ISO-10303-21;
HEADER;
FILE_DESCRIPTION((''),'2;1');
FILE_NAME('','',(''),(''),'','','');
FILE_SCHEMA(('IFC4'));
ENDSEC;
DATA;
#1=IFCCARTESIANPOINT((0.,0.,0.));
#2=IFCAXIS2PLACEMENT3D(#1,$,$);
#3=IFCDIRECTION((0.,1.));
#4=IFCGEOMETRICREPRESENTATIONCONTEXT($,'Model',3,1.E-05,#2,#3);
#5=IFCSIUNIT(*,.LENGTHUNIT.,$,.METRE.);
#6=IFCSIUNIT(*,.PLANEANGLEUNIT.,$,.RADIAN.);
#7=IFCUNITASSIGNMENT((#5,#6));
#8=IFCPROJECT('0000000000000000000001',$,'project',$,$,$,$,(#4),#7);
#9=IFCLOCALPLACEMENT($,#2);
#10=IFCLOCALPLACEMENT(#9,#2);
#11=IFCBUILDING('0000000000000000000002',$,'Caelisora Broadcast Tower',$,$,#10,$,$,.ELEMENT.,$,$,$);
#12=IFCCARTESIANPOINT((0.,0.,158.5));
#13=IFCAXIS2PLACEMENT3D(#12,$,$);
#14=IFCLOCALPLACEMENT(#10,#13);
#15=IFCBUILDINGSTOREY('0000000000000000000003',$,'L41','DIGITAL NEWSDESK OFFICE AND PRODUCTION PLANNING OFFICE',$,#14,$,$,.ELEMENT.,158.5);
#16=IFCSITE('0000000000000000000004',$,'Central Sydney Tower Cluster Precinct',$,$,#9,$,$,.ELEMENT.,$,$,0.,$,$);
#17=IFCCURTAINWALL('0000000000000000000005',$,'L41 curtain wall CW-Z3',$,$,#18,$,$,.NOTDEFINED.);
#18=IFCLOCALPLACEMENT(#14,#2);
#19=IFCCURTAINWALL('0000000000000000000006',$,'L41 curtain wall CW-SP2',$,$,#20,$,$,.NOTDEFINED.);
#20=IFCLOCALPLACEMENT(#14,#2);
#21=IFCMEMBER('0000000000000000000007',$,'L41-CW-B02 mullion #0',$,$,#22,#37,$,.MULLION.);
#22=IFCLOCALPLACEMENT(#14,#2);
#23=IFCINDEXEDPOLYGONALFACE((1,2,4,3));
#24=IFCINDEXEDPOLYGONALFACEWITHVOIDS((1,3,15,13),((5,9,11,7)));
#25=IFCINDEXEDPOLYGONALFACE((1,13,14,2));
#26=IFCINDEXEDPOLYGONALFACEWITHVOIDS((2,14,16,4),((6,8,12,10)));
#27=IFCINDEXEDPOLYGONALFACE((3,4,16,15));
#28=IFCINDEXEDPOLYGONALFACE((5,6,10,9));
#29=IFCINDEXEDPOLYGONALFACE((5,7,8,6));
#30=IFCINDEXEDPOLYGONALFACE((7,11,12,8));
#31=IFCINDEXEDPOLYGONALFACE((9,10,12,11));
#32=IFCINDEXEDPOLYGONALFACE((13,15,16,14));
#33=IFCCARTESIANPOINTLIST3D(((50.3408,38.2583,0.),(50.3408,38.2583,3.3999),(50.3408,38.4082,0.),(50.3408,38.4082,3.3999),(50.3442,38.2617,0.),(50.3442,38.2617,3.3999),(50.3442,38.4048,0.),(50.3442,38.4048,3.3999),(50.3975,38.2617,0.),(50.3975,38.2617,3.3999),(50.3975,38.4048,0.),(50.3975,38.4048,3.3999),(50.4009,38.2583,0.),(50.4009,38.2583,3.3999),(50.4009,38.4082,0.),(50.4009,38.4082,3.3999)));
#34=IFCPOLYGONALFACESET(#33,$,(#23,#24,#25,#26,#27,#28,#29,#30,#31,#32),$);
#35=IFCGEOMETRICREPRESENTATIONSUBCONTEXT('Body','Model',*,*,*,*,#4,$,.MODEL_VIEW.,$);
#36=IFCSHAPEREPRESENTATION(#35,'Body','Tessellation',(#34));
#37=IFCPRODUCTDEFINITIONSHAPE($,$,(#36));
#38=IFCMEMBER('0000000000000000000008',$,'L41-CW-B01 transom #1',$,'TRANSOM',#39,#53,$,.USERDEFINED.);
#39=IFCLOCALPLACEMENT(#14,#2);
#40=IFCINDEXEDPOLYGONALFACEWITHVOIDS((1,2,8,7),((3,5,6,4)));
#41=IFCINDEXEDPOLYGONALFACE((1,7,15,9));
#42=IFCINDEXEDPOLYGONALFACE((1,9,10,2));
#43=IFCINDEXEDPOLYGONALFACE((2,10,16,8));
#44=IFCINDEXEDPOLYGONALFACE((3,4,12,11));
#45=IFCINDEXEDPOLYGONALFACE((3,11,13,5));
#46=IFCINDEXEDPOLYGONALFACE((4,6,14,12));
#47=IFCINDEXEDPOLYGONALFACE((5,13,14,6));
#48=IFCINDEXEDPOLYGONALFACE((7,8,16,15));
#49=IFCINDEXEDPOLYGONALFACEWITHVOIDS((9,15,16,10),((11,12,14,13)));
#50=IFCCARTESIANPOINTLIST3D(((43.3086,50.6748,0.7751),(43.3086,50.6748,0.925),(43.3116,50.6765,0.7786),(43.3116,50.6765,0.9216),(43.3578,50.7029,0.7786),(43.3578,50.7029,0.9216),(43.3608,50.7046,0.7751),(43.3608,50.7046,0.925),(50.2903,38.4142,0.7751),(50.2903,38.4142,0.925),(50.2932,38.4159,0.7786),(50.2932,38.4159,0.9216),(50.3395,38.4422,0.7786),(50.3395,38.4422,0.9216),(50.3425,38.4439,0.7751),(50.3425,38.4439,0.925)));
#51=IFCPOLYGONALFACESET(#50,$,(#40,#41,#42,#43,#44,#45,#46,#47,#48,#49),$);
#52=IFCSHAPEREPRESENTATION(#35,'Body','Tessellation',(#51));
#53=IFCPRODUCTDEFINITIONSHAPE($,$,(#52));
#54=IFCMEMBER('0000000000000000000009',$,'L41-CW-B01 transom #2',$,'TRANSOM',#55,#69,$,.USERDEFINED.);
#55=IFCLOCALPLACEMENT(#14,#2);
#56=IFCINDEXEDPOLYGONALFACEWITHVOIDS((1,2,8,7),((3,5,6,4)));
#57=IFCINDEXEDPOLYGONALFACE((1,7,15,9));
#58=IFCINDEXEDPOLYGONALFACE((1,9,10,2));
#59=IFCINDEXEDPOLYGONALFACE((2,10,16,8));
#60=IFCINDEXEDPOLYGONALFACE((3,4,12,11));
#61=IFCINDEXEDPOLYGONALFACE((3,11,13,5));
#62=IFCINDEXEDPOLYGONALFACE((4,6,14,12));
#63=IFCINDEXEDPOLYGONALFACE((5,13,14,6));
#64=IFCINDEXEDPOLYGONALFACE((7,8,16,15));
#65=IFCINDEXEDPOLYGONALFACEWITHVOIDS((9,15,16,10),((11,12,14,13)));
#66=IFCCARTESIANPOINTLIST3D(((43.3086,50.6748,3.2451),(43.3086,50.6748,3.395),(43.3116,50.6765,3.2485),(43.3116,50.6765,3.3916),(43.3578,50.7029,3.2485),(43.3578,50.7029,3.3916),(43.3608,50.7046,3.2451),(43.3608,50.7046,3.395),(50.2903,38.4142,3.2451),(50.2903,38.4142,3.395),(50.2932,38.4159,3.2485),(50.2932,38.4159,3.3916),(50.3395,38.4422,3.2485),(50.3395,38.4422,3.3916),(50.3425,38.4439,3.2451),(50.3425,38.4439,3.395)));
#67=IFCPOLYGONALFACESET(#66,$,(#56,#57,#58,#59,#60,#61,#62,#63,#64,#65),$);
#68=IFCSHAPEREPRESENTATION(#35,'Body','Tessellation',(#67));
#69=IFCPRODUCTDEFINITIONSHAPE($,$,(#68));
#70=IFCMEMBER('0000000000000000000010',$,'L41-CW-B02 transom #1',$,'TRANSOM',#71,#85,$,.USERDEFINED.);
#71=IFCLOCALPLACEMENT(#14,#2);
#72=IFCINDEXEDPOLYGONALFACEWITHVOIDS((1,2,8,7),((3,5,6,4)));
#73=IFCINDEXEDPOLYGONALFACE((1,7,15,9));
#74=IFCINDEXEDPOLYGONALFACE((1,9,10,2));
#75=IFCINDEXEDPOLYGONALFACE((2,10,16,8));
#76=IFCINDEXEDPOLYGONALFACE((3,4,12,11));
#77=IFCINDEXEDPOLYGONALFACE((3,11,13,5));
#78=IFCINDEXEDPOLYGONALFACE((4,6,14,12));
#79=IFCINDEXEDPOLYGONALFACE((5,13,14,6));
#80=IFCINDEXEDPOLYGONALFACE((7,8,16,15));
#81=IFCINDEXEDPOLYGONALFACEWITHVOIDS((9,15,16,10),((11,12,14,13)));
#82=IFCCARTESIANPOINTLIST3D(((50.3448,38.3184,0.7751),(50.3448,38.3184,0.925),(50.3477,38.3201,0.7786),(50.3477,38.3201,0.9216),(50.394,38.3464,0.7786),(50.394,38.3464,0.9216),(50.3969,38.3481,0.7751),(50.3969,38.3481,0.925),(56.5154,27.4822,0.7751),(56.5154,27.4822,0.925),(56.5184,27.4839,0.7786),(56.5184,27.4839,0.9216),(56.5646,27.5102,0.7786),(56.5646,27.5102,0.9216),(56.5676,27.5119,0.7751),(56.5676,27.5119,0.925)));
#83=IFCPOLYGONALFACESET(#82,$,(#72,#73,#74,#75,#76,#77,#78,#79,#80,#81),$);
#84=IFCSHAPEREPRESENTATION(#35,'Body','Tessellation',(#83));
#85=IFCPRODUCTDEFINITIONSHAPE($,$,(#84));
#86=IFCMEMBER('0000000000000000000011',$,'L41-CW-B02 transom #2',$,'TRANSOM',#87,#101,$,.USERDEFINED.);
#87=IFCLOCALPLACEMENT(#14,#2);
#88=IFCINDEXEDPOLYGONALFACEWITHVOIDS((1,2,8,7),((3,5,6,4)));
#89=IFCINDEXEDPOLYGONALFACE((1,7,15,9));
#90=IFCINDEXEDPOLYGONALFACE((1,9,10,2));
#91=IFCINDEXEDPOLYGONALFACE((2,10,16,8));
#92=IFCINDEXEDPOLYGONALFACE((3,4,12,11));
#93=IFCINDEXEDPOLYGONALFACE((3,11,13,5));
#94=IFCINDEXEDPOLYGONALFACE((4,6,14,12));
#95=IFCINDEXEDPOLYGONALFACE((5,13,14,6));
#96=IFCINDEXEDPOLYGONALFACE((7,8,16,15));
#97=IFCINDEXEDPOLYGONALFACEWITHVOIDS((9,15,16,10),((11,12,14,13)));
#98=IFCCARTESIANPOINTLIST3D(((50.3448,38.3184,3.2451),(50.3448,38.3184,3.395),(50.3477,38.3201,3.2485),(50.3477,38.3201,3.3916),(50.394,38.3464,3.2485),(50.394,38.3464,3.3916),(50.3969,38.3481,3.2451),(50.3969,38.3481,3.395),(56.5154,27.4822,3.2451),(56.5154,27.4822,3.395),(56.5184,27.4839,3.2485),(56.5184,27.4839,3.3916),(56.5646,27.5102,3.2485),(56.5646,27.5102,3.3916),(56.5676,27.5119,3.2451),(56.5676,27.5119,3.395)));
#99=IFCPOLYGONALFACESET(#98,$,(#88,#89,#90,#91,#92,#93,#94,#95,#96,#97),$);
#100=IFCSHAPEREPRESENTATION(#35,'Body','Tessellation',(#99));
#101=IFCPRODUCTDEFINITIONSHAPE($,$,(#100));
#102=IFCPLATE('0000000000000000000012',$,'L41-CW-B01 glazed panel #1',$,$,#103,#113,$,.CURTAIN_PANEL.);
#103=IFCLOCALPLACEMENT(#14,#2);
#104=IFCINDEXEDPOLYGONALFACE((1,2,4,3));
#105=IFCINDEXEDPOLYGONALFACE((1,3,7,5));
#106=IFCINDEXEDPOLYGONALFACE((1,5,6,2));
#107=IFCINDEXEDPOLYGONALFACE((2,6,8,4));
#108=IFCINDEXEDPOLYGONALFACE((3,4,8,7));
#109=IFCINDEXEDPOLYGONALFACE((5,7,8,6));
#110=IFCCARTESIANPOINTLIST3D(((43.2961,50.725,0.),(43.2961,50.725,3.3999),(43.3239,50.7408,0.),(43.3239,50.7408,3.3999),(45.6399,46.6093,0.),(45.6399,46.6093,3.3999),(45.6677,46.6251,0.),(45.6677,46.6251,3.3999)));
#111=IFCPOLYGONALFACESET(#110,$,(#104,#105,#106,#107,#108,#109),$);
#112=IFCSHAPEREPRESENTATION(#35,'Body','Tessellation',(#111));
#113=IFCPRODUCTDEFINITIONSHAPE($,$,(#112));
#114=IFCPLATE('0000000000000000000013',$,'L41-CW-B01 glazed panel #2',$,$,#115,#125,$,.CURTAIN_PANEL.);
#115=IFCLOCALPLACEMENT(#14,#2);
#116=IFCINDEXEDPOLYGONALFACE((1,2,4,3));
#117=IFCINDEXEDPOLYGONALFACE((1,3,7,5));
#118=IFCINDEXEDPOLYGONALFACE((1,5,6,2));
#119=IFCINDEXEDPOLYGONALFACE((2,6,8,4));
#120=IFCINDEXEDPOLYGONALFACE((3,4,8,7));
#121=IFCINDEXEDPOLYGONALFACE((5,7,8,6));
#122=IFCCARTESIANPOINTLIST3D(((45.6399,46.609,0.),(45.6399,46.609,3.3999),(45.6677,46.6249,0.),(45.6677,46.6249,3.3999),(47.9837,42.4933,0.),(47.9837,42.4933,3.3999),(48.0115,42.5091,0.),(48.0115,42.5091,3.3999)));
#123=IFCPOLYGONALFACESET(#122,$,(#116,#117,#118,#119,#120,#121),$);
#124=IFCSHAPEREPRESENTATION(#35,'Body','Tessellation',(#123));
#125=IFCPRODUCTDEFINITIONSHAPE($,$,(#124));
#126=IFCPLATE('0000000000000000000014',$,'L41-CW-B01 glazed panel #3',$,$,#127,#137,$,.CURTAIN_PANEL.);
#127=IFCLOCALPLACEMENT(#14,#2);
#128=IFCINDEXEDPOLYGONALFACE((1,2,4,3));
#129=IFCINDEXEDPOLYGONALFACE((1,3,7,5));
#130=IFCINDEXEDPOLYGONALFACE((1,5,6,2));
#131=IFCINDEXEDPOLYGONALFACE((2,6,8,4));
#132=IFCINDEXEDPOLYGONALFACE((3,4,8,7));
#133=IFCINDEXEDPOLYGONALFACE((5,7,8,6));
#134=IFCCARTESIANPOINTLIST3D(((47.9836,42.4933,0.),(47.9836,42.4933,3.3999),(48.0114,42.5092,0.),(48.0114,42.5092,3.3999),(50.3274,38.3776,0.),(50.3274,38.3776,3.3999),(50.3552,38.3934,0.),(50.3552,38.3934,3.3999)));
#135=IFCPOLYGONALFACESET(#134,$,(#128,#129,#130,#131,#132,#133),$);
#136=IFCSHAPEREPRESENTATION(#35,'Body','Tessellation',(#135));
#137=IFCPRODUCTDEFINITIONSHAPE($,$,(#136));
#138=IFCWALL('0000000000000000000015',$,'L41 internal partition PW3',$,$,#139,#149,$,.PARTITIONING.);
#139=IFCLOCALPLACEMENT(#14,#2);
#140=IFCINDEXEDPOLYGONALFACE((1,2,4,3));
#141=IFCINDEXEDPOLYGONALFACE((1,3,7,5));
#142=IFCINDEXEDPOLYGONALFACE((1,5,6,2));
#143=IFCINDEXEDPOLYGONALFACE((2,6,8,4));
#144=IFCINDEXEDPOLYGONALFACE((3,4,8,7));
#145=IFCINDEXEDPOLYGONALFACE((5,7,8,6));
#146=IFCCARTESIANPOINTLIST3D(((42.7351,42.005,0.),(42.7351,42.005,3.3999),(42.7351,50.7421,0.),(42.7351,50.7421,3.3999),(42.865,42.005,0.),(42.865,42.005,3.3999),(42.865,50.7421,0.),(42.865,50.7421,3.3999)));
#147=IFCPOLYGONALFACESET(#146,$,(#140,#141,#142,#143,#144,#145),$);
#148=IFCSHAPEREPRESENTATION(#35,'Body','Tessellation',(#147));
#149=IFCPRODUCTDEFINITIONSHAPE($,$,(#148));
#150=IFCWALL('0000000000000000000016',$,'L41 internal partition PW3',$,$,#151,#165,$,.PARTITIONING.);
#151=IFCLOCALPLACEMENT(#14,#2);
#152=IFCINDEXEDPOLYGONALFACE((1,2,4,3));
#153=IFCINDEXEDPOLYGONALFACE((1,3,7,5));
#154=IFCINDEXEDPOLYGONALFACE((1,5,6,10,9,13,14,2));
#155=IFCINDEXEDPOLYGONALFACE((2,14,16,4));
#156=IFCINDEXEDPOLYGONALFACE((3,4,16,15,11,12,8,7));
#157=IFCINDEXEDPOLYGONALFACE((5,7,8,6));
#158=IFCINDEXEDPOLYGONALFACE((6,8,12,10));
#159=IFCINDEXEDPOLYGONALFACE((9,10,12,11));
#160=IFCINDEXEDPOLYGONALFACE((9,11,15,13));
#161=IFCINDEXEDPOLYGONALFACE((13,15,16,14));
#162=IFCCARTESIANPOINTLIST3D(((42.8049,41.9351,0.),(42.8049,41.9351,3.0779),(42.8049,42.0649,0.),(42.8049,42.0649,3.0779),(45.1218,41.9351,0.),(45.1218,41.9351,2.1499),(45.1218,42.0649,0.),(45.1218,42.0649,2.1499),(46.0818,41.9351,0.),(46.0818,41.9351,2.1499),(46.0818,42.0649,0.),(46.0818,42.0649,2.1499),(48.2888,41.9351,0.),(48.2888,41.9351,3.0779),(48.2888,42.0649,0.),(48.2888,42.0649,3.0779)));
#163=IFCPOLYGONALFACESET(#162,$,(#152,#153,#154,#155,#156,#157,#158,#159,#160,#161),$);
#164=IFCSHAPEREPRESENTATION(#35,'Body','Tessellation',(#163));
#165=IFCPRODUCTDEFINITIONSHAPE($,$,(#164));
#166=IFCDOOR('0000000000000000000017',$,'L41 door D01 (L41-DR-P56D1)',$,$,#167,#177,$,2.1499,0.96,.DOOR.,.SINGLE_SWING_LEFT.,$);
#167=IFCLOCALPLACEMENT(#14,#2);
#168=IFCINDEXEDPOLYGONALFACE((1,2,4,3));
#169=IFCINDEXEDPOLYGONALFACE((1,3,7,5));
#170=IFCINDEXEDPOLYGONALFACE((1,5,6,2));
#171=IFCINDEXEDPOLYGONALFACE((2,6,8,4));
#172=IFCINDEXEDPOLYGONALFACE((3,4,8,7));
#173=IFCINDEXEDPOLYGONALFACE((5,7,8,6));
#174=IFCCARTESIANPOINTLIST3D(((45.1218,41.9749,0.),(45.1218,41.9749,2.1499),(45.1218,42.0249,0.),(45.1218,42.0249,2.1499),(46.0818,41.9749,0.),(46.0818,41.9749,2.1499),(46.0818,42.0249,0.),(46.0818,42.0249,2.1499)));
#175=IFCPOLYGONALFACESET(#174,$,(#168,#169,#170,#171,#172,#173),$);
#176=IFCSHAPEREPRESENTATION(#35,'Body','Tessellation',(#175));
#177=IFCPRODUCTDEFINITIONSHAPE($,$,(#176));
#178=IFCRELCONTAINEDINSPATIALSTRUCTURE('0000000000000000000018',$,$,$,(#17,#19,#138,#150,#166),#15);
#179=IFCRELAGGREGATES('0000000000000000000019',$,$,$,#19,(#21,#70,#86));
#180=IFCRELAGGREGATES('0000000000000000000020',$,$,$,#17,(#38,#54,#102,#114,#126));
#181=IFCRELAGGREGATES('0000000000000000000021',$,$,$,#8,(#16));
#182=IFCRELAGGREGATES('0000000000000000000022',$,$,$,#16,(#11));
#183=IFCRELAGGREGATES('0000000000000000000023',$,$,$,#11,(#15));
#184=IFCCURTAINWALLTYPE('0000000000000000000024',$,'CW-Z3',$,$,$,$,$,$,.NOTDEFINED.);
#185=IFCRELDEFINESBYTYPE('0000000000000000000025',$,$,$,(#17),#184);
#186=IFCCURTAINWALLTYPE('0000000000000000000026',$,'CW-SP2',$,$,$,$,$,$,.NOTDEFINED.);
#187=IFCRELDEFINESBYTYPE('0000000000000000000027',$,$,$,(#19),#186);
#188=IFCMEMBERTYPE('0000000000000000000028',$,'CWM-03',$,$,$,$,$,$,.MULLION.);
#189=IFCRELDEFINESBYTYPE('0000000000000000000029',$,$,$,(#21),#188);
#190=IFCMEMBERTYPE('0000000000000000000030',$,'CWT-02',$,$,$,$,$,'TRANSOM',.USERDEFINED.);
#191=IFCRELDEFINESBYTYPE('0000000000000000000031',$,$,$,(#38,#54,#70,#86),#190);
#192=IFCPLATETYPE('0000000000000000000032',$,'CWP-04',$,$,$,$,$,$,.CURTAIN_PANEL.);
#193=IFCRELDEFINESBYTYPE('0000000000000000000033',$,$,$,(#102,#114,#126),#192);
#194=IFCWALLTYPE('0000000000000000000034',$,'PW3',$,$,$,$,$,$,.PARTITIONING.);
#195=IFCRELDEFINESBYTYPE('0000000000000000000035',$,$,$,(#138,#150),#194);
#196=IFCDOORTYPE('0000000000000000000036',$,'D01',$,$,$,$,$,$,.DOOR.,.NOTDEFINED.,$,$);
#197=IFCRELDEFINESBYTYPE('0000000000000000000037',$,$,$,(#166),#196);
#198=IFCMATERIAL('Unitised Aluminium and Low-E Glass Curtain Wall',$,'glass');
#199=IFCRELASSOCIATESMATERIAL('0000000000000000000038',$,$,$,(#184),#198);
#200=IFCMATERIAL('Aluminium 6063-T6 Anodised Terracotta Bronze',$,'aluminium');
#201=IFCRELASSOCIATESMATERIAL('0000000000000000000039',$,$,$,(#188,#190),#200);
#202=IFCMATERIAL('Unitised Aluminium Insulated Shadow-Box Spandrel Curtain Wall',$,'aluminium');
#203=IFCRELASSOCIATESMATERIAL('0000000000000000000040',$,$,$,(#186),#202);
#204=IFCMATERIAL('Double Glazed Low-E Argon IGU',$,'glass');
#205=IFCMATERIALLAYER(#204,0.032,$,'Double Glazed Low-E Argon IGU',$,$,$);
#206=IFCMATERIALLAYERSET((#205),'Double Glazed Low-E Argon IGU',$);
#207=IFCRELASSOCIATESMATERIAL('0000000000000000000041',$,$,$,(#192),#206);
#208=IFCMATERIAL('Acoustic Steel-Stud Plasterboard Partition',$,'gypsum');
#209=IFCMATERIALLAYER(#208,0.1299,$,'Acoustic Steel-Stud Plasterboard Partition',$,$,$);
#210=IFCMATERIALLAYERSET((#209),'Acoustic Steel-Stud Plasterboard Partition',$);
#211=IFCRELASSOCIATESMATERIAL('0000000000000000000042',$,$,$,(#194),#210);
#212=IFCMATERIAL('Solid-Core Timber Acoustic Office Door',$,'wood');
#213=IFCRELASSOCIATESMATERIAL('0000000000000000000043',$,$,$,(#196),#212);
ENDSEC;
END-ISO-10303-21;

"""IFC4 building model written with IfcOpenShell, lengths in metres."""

from ifc_helpers import new_model, si_unit, direction, frame, frame_2d, origin, origin_2d, place, context, subcontext, project, spatial, rectangle, hollow_rectangle, extrude, source, transform, mapped, material, layer, layer_set, material_profile, profile_set, type_object, type_shapes, element, fill, aggregate, save


model = new_model("IFC4")

# Units and contexts
model_context = context("Model", 3, precision=1e-05, world=origin(), true_north=direction((0.0, 1.0)))
body_context = subcontext(model_context, "Body", "Model", "MODEL_VIEW")
ifc_project = project(units=[si_unit("LENGTHUNIT", "METRE"), si_unit("PLANEANGLEUNIT", "RADIAN")], contexts=[model_context])

# Site, building, storey
site_placement = place(None, origin())
site = spatial("IfcSite", under=ifc_project, at=site_placement, Name="Central Sydney Tower Cluster Precinct", CompositionType="ELEMENT", RefElevation=0.0)
building_placement = place(site_placement, origin())
building = spatial("IfcBuilding", under=site, at=building_placement, Name="Caelisora Broadcast Tower", CompositionType="ELEMENT")
storey_placement = place(building_placement, frame((0.0, 0.0, 158.5)))
storey = spatial("IfcBuildingStorey", under=building, at=storey_placement, Name="L41", Description="DIGITAL NEWSDESK OFFICE AND PRODUCTION PLANNING OFFICE", CompositionType="ELEMENT", Elevation=158.5)

# Curtain wall
ifc_material_1 = material(Name="Unitised Aluminium and Low-E Glass Curtain Wall", Category="glass")
curtain_wall_type_1 = type_object("IfcCurtainWallType", Name="CW-Z3", PredefinedType="NOTDEFINED", material=ifc_material_1)
curtain_wall_1_placement = place(storey_placement, origin())
curtain_wall_1 = element("IfcCurtainWall", 1, at=curtain_wall_1_placement, inside=storey, type_object=curtain_wall_type_1, Name="L41 curtain wall CW-Z3", PredefinedType="NOTDEFINED")
ifc_material_2 = material(Name="Aluminium 6063-T6 Anodised Terracotta Bronze", Category="aluminium")
ifc_material_profile_1 = material_profile(ifc_material_2, hollow_rectangle(XDim=0.0601, YDim=0.1499, WallThickness=0.0034, at=origin_2d()), Name="Aluminium 6063-T6 Anodised Terracotta Bronze")
ifc_profile_set_1 = profile_set([ifc_material_profile_1], Name="Aluminium 6063-T6 Anodised Terracotta Bronze")
member_type_1 = type_object("IfcMemberType", Name="CWM-03", PredefinedType="MULLION", material=ifc_profile_set_1)
shared_shape_1 = source(origin(), body_context, "Body", "SweptSolid", [
    extrude(hollow_rectangle(XDim=0.0601, YDim=0.1499, WallThickness=0.0034, at=origin_2d()), origin(), (0.0, 0.0, 1.0), 3.3999),
])
type_shapes(member_type_1, [shared_shape_1])

# Curtain wall, member
ifc_material_3 = material(Name="Unitised Aluminium Insulated Shadow-Box Spandrel Curtain Wall", Category="aluminium")
curtain_wall_type_2 = type_object("IfcCurtainWallType", Name="CW-SP2", PredefinedType="NOTDEFINED", material=ifc_material_3)
curtain_wall_2_placement = place(storey_placement, origin())
curtain_wall_2 = element("IfcCurtainWall", 2, at=curtain_wall_2_placement, inside=storey, type_object=curtain_wall_type_2, Name="L41 curtain wall CW-SP2", PredefinedType="NOTDEFINED")
member_1_placement = place(storey_placement, frame((50.3708, 38.3333, 0.0), z_axis=(0.0, 0.0, 1.0), x_axis=(1.0, 0.0, 0.0)))
member_1 = element("IfcMember", 3, at=member_1_placement, type_object=member_type_1, Name="L41-CW-B02 mullion #0", PredefinedType="MULLION", context=body_context, shape_type="MappedRepresentation", body=[
    mapped(shared_shape_1, transform((0.0, 0.0, 0.0), scale=1.0)),
])

# Members
ifc_material_profile_2 = material_profile(ifc_material_2, hollow_rectangle(XDim=0.0601, YDim=0.1499, WallThickness=0.0034, at=origin_2d()), Name="Aluminium 6063-T6 Anodised Terracotta Bronze")
ifc_profile_set_2 = profile_set([ifc_material_profile_2], Name="Aluminium 6063-T6 Anodised Terracotta Bronze")
member_type_2 = type_object("IfcMemberType", Name="CWT-02", ElementType="TRANSOM", PredefinedType="USERDEFINED", material=ifc_profile_set_2)
shared_shape_2 = source(origin(), body_context, "Body", "SweptSolid", [
    extrude(hollow_rectangle(XDim=0.0601, YDim=0.1499, WallThickness=0.0034, at=origin_2d()), origin(), (0.0, 0.0, 1.0), 14.1091),
])
member_2_placement = place(storey_placement, frame((43.3347, 50.6897, 0.8501), z_axis=(0.494832, -0.868989, 0.0), x_axis=(0.868989, 0.494832, 0.0)))
member_2 = element("IfcMember", 4, at=member_2_placement, type_object=member_type_2, Name="L41-CW-B01 transom #1", ObjectType="TRANSOM", PredefinedType="USERDEFINED", context=body_context, shape_type="MappedRepresentation", body=[
    mapped(shared_shape_2, transform((0.0, 0.0, 0.0), scale=1.0)),
])
member_3_placement = place(storey_placement, frame((43.3347, 50.6897, 3.3201), z_axis=(0.494832, -0.868989, 0.0), x_axis=(0.868989, 0.494832, 0.0)))
member_3 = element("IfcMember", 5, at=member_3_placement, type_object=member_type_2, Name="L41-CW-B01 transom #2", ObjectType="TRANSOM", PredefinedType="USERDEFINED", context=body_context, shape_type="MappedRepresentation", body=[
    mapped(shared_shape_2, transform((0.0, 0.0, 0.0), scale=1.0)),
])
shared_shape_3 = source(origin(), body_context, "Body", "SweptSolid", [
    extrude(hollow_rectangle(XDim=0.0601, YDim=0.1499, WallThickness=0.0034, at=origin_2d()), origin(), (0.0, 0.0, 1.0), 12.47),
])
type_shapes(member_type_2, [shared_shape_2, shared_shape_3])
member_4_placement = place(storey_placement, frame((50.3708, 38.3333, 0.8501), z_axis=(0.494842, -0.868983, 0.0), x_axis=(0.868983, 0.494842, 0.0)))
member_4 = element("IfcMember", 6, at=member_4_placement, type_object=member_type_2, Name="L41-CW-B02 transom #1", ObjectType="TRANSOM", PredefinedType="USERDEFINED", context=body_context, shape_type="MappedRepresentation", body=[
    mapped(shared_shape_3, transform((0.0, 0.0, 0.0), scale=1.0)),
])
member_5_placement = place(storey_placement, frame((50.3708, 38.3333, 3.3201), z_axis=(0.494842, -0.868983, 0.0), x_axis=(0.868983, 0.494842, 0.0)))
member_5 = element("IfcMember", 7, at=member_5_placement, type_object=member_type_2, Name="L41-CW-B02 transom #2", ObjectType="TRANSOM", PredefinedType="USERDEFINED", context=body_context, shape_type="MappedRepresentation", body=[
    mapped(shared_shape_3, transform((0.0, 0.0, 0.0), scale=1.0)),
])
aggregate(curtain_wall_2, [member_1, member_4, member_5])

# Plates
ifc_material_4 = material(Name="Double Glazed Low-E Argon IGU", Category="glass")
ifc_layer_1 = layer(ifc_material_4, 0.032, Name="Double Glazed Low-E Argon IGU")
ifc_layer_set_1 = layer_set([ifc_layer_1], Name="Double Glazed Low-E Argon IGU")
plate_type = type_object("IfcPlateType", Name="CWP-04", PredefinedType="CURTAIN_PANEL", material=ifc_layer_set_1)
shared_shape_4 = source(origin(), body_context, "Body", "SweptSolid", [
    extrude(rectangle(XDim=4.7363, YDim=0.032, at=origin_2d()), origin(), (0.0, 0.0, 1.0), 3.3999),
])
type_shapes(plate_type, [shared_shape_4])
plate_1_placement = place(storey_placement, frame((44.4819, 48.675, 0.0), z_axis=(0.0, 0.0, 1.0), x_axis=(0.494852, -0.868977, 0.0)))
plate_1 = element("IfcPlate", 8, at=plate_1_placement, type_object=plate_type, Name="L41-CW-B01 glazed panel #1", PredefinedType="CURTAIN_PANEL", context=body_context, shape_type="MappedRepresentation", body=[
    mapped(shared_shape_4, transform((0.0, 0.0, 0.0), scale=1.0)),
])
plate_2_placement = place(storey_placement, frame((46.8257, 44.5591, 0.0), z_axis=(0.0, 0.0, 1.0), x_axis=(0.494852, -0.868977, 0.0)))
plate_2 = element("IfcPlate", 9, at=plate_2_placement, type_object=plate_type, Name="L41-CW-B01 glazed panel #2", PredefinedType="CURTAIN_PANEL", context=body_context, shape_type="MappedRepresentation", body=[
    mapped(shared_shape_4, transform((0.0, 0.0, 0.0), scale=1.0)),
])
plate_3_placement = place(storey_placement, frame((49.1694, 40.4434, 0.0), z_axis=(0.0, 0.0, 1.0), x_axis=(0.494852, -0.868977, 0.0)))
plate_3 = element("IfcPlate", 10, at=plate_3_placement, type_object=plate_type, Name="L41-CW-B01 glazed panel #3", PredefinedType="CURTAIN_PANEL", context=body_context, shape_type="MappedRepresentation", body=[
    mapped(shared_shape_4, transform((0.0, 0.0, 0.0), scale=1.0)),
])
aggregate(curtain_wall_1, [member_2, member_3, plate_1, plate_2, plate_3])

# Wall
ifc_material_5 = material(Name="Acoustic Steel-Stud Plasterboard Partition", Category="gypsum")
ifc_layer_2 = layer(ifc_material_5, 0.1299, Name="Acoustic Steel-Stud Plasterboard Partition")
ifc_layer_set_2 = layer_set([ifc_layer_2], Name="Acoustic Steel-Stud Plasterboard Partition")
wall_type = type_object("IfcWallType", Name="PW3", PredefinedType="PARTITIONING", material=ifc_layer_set_2)
wall_1_placement = place(storey_placement, frame((42.8, 42.0049, 0.0), z_axis=(0.0, 0.0, 1.0), x_axis=(0.0, 1.0, 0.0)))
element("IfcWall", 11, at=wall_1_placement, inside=storey, type_object=wall_type, Name="L41 internal partition PW3", PredefinedType="PARTITIONING", context=body_context, shape_type="SweptSolid", body=[
    extrude(rectangle(XDim=8.7371, YDim=0.1299, at=frame_2d((4.3687, 0.0))), origin(), (0.0, 0.0, 1.0), 3.3999),
])

# Wall, opening, door
wall_2_placement = place(storey_placement, frame((42.8049, 42.0, 0.0), z_axis=(0.0, 0.0, 1.0), x_axis=(1.0, 0.0, 0.0)))
wall_2 = element("IfcWall", 12, at=wall_2_placement, inside=storey, type_object=wall_type, Name="L41 internal partition PW3", PredefinedType="PARTITIONING", context=body_context, shape_type="SweptSolid", body=[
    extrude(rectangle(XDim=5.4839, YDim=0.1299, at=frame_2d((2.7419, 0.0))), origin(), (0.0, 0.0, 1.0), 3.0779),
])
opening_placement = place(wall_2_placement, frame((2.3169, 0.0, 0.0)))
opening = element("IfcOpeningElement", 13, at=opening_placement, cuts=wall_2, PredefinedType="OPENING", context=body_context, shape_type="SweptSolid", body=[
    extrude(rectangle(XDim=0.96, YDim=2.1499, at=frame_2d((0.48, 1.075))), frame((0.0, 0.0769, 0.0), z_axis=(0.0, -1.0, 0.0), x_axis=(1.0, 0.0, 0.0)), (0.0, 0.0, 1.0), 0.1538),
])
ifc_material_6 = material(Name="Solid-Core Timber Acoustic Office Door", Category="wood")
door_type = type_object("IfcDoorType", Name="D01", OperationType="NOTDEFINED", PredefinedType="DOOR", material=ifc_material_6)
door_placement = place(opening_placement, origin())
door = element("IfcDoor", 14, at=door_placement, inside=storey, type_object=door_type, Name="L41 door D01 (L41-DR-P56D1)", OperationType="SINGLE_SWING_LEFT", OverallHeight=2.1499, OverallWidth=0.96, PredefinedType="DOOR", context=body_context, shape_type="SweptSolid", body=[
    extrude(rectangle(XDim=0.96, YDim=2.1499, at=frame_2d((0.48, 1.075))), frame((0.0, 0.0249, 0.0), z_axis=(0.0, -1.0, 0.0), x_axis=(1.0, 0.0, 0.0)), (0.0, 0.0, 1.0), 0.05),
])
fill(opening, door)

save(model, "model.ifc")
